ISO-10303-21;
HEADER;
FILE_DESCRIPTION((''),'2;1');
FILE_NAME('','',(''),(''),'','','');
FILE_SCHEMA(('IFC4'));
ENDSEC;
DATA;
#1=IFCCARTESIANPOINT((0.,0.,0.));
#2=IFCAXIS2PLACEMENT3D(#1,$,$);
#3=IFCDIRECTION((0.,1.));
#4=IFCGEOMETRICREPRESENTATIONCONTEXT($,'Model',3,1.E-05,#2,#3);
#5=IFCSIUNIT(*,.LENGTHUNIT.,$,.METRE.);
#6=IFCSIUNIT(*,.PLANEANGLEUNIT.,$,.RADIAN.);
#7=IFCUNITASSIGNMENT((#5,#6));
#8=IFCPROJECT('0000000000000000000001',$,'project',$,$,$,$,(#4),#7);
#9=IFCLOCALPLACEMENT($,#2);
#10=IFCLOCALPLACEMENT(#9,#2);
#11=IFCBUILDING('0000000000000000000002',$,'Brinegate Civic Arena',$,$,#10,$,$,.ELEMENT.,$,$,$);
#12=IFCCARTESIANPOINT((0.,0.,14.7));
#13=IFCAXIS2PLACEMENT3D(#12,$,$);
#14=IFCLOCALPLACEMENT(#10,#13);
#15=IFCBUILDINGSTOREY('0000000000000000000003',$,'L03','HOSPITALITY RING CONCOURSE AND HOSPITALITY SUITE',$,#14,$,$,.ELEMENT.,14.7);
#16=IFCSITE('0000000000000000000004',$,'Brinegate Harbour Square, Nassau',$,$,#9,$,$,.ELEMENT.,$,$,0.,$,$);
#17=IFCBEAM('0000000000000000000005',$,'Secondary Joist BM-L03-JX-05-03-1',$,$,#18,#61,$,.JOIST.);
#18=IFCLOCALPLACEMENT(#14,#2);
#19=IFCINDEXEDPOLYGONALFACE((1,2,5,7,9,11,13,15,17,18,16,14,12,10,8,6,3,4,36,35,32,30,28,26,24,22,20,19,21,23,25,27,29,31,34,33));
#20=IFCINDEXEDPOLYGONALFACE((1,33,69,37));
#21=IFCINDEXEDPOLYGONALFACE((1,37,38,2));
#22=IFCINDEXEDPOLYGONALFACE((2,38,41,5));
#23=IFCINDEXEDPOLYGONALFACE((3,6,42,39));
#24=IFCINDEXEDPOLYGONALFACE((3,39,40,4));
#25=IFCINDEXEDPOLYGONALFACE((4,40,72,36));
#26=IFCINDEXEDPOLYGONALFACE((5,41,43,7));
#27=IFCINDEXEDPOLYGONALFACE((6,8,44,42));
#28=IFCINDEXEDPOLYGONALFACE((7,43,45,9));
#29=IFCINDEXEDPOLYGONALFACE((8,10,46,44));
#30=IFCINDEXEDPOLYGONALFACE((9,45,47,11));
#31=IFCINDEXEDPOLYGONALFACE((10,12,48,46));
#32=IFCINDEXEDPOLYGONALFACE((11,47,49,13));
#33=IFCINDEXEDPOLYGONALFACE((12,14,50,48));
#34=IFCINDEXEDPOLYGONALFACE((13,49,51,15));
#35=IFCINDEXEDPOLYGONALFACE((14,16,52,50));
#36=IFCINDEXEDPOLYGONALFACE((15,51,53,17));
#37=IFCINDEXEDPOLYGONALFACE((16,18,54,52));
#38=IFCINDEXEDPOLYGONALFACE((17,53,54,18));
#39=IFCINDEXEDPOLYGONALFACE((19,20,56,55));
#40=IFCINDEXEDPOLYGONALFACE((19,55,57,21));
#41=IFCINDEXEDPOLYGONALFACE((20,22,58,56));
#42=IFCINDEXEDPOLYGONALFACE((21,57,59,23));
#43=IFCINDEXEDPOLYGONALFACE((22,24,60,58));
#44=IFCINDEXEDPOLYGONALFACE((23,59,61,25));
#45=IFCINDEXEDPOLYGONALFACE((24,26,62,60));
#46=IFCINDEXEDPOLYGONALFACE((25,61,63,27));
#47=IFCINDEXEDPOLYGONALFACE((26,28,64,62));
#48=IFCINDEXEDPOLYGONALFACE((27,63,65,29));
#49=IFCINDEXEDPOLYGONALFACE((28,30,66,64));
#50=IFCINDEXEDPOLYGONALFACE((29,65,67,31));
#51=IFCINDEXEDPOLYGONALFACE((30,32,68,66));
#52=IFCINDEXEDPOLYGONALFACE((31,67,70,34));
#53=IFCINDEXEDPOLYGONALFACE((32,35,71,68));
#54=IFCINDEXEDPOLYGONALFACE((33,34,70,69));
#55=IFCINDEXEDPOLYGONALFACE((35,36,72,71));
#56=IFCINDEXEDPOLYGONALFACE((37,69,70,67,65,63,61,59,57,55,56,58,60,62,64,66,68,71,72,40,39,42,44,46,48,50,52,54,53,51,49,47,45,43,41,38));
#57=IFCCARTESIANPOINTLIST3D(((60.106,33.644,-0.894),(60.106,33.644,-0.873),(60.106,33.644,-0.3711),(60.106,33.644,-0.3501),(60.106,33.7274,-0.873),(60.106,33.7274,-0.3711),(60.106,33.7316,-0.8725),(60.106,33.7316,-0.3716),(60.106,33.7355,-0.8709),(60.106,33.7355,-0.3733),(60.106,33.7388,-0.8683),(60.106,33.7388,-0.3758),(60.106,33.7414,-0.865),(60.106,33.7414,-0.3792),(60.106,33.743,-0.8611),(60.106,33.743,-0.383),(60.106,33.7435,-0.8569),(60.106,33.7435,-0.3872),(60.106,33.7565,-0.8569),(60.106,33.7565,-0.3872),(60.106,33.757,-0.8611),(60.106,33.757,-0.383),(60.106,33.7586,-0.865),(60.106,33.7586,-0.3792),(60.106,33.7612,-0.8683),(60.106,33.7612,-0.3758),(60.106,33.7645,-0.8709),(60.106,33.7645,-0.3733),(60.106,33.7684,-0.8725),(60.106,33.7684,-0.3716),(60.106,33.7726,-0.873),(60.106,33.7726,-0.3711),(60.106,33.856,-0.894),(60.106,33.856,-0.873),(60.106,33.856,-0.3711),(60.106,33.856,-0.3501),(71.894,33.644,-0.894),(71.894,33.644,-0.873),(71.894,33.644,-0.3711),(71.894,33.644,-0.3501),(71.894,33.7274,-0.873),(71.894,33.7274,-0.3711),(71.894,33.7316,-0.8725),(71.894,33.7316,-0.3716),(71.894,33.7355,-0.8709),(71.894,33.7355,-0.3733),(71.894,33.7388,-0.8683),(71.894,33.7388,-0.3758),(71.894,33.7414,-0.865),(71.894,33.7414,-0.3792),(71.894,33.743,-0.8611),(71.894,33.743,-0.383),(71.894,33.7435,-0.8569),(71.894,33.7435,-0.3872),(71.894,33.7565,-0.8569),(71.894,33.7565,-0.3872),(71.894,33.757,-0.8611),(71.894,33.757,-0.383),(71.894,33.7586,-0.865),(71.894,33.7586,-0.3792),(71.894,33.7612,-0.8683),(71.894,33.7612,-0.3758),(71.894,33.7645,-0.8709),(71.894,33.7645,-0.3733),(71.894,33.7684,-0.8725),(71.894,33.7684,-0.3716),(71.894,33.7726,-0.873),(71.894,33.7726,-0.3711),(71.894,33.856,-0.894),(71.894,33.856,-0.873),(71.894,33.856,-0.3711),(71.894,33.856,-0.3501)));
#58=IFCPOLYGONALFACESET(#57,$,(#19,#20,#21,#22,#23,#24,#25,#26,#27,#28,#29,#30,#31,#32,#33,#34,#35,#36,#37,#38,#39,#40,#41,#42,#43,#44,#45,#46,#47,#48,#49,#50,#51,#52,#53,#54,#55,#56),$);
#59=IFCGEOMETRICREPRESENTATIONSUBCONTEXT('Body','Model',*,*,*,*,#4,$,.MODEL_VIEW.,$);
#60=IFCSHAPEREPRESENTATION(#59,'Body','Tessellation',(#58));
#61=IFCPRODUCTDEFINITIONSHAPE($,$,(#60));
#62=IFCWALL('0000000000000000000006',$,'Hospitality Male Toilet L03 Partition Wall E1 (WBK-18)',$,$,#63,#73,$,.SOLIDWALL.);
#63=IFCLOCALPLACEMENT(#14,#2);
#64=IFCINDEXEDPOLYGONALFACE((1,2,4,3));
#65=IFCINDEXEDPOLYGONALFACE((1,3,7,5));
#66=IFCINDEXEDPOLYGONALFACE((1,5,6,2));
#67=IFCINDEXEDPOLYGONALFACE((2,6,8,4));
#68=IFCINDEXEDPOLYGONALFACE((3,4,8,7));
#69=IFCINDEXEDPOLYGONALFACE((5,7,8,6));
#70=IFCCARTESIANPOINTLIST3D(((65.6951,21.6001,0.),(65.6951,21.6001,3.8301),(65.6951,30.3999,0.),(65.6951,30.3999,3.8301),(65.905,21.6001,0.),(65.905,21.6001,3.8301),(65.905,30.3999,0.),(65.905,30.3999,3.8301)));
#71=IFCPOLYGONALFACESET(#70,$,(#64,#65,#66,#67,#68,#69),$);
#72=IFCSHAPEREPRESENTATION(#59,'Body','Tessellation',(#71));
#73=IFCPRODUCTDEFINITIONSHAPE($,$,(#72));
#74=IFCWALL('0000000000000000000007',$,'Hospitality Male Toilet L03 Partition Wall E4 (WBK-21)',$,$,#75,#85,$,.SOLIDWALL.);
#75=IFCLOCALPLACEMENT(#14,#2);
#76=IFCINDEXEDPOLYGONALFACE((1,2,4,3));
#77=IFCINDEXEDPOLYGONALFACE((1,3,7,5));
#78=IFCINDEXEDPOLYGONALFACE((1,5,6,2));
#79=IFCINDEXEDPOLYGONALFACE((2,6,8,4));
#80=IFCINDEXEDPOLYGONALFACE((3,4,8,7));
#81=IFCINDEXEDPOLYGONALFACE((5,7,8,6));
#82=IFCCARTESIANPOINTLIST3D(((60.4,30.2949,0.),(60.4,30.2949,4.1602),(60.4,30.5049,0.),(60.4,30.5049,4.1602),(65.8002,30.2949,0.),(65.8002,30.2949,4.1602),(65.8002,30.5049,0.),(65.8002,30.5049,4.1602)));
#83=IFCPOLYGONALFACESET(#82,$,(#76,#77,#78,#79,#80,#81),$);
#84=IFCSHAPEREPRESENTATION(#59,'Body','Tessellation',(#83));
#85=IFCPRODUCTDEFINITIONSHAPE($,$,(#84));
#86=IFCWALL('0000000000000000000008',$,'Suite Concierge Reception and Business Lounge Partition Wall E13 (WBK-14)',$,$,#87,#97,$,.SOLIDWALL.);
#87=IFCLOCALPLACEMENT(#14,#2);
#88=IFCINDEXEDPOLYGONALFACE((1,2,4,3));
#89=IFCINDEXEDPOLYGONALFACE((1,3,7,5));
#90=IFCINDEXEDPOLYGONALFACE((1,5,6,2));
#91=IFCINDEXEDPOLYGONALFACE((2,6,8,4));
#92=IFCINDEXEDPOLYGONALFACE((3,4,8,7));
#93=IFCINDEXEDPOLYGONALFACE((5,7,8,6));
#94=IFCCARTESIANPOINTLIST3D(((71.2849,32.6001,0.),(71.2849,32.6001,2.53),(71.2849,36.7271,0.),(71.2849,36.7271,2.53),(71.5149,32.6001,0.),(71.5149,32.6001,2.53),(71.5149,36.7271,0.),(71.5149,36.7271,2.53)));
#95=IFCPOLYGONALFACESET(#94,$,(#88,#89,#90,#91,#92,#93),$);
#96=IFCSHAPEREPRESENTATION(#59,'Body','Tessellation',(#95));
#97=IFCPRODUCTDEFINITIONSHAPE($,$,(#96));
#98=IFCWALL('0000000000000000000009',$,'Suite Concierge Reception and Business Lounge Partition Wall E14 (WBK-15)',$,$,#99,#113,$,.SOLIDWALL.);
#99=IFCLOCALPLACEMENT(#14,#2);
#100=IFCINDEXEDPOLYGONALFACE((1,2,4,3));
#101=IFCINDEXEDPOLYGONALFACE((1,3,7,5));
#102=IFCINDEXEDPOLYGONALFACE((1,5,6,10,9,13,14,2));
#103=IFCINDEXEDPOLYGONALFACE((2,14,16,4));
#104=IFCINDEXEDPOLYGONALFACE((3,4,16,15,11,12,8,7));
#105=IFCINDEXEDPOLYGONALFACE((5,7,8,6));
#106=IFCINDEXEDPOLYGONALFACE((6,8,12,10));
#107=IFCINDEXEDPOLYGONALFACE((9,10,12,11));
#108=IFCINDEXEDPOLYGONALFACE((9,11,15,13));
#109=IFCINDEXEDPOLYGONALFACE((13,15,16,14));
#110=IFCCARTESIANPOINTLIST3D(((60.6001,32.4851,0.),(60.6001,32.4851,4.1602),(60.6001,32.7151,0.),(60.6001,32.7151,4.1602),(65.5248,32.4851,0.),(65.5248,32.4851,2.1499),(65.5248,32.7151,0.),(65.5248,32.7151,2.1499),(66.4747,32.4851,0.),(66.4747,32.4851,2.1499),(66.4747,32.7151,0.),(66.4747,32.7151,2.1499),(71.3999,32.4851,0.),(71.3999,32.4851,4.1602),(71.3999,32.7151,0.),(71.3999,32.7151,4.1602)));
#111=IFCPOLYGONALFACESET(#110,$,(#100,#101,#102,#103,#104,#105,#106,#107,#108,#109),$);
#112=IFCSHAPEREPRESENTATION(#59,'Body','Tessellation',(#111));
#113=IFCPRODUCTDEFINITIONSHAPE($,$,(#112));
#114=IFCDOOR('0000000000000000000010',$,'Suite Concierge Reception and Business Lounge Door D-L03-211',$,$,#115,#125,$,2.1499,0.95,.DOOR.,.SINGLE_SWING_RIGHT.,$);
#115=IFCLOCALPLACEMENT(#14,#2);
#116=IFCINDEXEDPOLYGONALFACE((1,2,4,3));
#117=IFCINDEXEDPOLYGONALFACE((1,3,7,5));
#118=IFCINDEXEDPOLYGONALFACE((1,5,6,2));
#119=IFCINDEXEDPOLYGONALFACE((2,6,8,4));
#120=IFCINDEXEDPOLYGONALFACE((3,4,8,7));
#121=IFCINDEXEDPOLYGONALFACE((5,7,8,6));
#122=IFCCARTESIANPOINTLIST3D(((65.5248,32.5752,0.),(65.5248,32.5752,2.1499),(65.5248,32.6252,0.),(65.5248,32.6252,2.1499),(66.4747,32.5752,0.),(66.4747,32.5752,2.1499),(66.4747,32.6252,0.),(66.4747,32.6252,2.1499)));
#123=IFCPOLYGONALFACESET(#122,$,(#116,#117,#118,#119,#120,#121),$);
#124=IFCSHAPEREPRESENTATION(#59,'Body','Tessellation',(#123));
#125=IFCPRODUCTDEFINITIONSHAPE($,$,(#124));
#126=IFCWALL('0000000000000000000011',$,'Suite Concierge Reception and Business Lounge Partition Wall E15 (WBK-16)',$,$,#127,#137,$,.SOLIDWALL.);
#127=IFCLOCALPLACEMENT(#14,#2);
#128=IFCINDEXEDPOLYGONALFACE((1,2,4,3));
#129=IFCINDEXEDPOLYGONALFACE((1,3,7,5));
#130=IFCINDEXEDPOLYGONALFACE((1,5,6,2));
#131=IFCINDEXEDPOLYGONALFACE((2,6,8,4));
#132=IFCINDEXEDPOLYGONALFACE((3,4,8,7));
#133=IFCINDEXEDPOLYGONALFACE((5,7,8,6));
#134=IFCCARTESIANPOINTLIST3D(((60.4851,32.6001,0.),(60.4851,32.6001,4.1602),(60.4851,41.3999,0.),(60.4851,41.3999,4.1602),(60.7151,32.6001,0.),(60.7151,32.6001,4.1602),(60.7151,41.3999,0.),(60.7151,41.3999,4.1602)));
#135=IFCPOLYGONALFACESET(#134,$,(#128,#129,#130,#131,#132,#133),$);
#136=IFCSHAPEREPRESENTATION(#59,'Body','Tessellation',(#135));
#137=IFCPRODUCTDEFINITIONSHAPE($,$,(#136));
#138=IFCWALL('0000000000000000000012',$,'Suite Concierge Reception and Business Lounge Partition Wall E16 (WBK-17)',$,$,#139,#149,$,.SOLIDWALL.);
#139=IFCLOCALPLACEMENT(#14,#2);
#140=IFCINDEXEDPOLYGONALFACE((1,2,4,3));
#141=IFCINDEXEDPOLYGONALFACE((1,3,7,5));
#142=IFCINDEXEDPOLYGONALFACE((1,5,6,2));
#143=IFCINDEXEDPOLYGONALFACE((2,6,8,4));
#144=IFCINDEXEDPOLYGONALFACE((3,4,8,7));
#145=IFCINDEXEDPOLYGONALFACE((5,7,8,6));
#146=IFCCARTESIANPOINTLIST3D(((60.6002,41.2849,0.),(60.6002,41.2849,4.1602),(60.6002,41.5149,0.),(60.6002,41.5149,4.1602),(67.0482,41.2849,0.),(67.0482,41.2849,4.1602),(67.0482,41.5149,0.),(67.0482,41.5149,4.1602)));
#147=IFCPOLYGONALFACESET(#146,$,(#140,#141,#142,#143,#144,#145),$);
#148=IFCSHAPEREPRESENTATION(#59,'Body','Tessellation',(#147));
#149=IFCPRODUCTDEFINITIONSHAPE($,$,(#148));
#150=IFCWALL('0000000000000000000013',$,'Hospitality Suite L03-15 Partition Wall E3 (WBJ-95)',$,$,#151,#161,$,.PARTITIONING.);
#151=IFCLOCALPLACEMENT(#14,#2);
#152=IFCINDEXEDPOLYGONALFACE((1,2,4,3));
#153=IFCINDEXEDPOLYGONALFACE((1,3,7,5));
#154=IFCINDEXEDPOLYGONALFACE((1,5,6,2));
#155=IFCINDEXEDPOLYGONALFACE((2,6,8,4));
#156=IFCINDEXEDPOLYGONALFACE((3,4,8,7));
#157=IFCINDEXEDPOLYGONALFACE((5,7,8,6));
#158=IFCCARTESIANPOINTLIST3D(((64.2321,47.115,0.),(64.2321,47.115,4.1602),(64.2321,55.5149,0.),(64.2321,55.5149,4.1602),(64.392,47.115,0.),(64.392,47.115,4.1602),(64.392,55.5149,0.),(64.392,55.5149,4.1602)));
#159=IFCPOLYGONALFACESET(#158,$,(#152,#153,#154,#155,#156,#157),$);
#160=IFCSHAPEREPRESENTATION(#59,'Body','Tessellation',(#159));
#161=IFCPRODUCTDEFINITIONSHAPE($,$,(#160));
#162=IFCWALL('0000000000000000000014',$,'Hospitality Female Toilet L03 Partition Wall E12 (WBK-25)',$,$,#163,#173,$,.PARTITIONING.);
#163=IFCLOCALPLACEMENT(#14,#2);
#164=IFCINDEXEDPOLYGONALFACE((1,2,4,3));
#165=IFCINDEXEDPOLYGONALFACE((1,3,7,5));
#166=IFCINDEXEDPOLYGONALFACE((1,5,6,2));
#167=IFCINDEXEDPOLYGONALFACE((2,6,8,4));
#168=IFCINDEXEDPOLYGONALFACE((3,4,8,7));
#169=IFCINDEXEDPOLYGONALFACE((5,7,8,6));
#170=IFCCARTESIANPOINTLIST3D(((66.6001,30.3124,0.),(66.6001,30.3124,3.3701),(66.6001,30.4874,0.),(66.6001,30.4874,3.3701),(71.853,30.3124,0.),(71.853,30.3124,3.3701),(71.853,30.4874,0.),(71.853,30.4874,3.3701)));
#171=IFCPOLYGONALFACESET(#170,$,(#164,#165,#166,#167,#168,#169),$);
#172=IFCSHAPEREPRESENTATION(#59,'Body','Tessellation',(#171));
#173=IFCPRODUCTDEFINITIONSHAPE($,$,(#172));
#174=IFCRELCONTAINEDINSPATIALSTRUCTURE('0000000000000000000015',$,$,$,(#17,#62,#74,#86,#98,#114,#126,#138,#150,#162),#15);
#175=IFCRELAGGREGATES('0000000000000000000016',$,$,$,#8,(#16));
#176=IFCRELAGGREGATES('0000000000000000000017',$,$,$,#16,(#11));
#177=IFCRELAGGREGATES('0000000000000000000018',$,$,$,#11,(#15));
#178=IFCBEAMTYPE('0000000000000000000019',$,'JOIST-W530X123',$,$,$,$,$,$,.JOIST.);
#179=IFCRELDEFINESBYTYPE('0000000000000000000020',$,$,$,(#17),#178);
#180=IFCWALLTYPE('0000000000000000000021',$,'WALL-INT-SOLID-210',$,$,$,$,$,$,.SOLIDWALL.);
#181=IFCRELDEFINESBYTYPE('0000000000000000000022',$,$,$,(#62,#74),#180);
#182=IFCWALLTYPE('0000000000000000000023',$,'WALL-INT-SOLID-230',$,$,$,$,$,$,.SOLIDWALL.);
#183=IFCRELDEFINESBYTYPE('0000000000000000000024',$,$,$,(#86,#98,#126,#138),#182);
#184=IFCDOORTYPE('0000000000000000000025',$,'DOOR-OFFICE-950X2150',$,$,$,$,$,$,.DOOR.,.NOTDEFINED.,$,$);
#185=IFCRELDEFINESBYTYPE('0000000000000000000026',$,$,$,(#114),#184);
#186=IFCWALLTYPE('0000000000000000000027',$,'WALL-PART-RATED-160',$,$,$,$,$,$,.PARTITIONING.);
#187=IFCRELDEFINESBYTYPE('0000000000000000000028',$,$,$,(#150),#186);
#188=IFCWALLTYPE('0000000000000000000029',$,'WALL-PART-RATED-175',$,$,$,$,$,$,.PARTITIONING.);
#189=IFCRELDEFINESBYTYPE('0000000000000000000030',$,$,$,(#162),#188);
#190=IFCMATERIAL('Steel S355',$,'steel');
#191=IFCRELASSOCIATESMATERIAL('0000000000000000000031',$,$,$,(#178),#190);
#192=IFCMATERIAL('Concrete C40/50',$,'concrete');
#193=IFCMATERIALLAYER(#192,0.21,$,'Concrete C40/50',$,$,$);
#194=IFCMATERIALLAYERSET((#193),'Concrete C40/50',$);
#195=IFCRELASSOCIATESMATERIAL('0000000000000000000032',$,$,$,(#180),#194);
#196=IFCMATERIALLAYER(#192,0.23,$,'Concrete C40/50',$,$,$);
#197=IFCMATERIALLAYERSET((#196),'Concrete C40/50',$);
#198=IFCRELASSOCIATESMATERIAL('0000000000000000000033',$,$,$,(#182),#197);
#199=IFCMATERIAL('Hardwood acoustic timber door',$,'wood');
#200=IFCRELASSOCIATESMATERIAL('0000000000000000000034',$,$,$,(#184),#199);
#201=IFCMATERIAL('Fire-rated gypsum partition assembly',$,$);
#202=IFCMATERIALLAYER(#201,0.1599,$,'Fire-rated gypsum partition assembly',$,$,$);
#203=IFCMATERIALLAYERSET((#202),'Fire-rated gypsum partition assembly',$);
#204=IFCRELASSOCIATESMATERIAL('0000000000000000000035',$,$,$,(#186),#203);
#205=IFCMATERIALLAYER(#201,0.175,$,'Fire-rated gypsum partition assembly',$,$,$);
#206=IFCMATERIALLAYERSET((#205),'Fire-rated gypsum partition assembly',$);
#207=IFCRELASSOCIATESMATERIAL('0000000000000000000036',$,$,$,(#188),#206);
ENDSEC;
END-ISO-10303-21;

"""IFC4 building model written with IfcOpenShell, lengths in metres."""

from ifc_helpers import new_model, si_unit, direction, frame, frame_2d, origin, origin_2d, place, context, subcontext, project, spatial, rectangle, i_section, extrude, material, layer, layer_set, material_profile, profile_set, type_object, element, fill, save


model = new_model("IFC4")

# Units and contexts
model_context = context("Model", 3, precision=1e-05, world=origin(), true_north=direction((0.0, 1.0)))
body_context = subcontext(model_context, "Body", "Model", "MODEL_VIEW")
ifc_project = project(units=[si_unit("LENGTHUNIT", "METRE"), si_unit("PLANEANGLEUNIT", "RADIAN")], contexts=[model_context])

# Site, building, storey
site_placement = place(None, origin())
site = spatial("IfcSite", under=ifc_project, at=site_placement, Name="Brinegate Harbour Square, Nassau", CompositionType="ELEMENT", RefElevation=0.0)
building_placement = place(site_placement, origin())
building = spatial("IfcBuilding", under=site, at=building_placement, Name="Brinegate Civic Arena", CompositionType="ELEMENT")
storey_placement = place(building_placement, frame((0.0, 0.0, 14.7)))
storey = spatial("IfcBuildingStorey", under=building, at=storey_placement, Name="L03", Description="HOSPITALITY RING CONCOURSE AND HOSPITALITY SUITE", CompositionType="ELEMENT", Elevation=14.7)

# Beam
ifc_material_1 = material(Name="Steel S355", Category="steel")
ifc_material_profile_1 = material_profile(ifc_material_1, i_section(OverallWidth=0.2119, OverallDepth=0.5439, WebThickness=0.0129, FlangeThickness=0.021, FilletRadius=0.0161, at=origin_2d()), Name="W530X123")
ifc_profile_set_1 = profile_set([ifc_material_profile_1], Name="Steel S355")
beam_type_1 = type_object("IfcBeamType", Name="JOIST-W530X123", PredefinedType="JOIST", material=ifc_profile_set_1)
beam_1_placement = place(storey_placement, frame((60.106, 33.75, -0.6221), z_axis=(1.0, 0.0, 0.0), x_axis=(0.0, 1.0, 0.0)))
element("IfcBeam", 1, at=beam_1_placement, inside=storey, type_object=beam_type_1, Name="Secondary Joist BM-L03-JX-05-03-1", PredefinedType="JOIST", context=body_context, shape_type="SweptSolid", body=[
    extrude(i_section(OverallWidth=0.2119, OverallDepth=0.5439, WebThickness=0.0129, FlangeThickness=0.021, FilletRadius=0.0161, at=origin_2d()), origin(), (0.0, 0.0, 1.0), 11.7881),
])

# Walls
ifc_material_2 = material(Name="Concrete C40/50", Category="concrete")
ifc_layer_1 = layer(ifc_material_2, 0.21, Name="Concrete C40/50")
ifc_layer_set_1 = layer_set([ifc_layer_1], Name="Concrete C40/50")
wall_type_1 = type_object("IfcWallType", Name="WALL-INT-SOLID-210", PredefinedType="SOLIDWALL", material=ifc_layer_set_1)
wall_1_placement = place(storey_placement, frame((65.8, 30.3999, 0.0), z_axis=(0.0, 0.0, 1.0), x_axis=(0.0, -1.0, 0.0)))
element("IfcWall", 2, at=wall_1_placement, inside=storey, type_object=wall_type_1, Name="Hospitality Male Toilet L03 Partition Wall E1 (WBK-18)", PredefinedType="SOLIDWALL", context=body_context, shape_type="SweptSolid", body=[
    extrude(rectangle(XDim=8.7998, YDim=0.21, at=frame_2d((4.3999, 0.0))), origin(), (0.0, 0.0, 1.0), 3.8301),
])
wall_2_placement = place(storey_placement, frame((60.3999, 30.3999, 0.0), z_axis=(0.0, 0.0, 1.0), x_axis=(1.0, 0.0, 0.0)))
element("IfcWall", 3, at=wall_2_placement, inside=storey, type_object=wall_type_1, Name="Hospitality Male Toilet L03 Partition Wall E4 (WBK-21)", PredefinedType="SOLIDWALL", context=body_context, shape_type="SweptSolid", body=[
    extrude(rectangle(XDim=5.4001, YDim=0.21, at=frame_2d((2.7002, 0.0))), origin(), (0.0, 0.0, 1.0), 4.1602),
])
ifc_layer_2 = layer(ifc_material_2, 0.23, Name="Concrete C40/50")
ifc_layer_set_2 = layer_set([ifc_layer_2], Name="Concrete C40/50")
wall_type_2 = type_object("IfcWallType", Name="WALL-INT-SOLID-230", PredefinedType="SOLIDWALL", material=ifc_layer_set_2)
wall_3_placement = place(storey_placement, frame((71.3999, 36.7271, 0.0), z_axis=(0.0, 0.0, 1.0), x_axis=(0.0, -1.0, 0.0)))
element("IfcWall", 4, at=wall_3_placement, inside=storey, type_object=wall_type_2, Name="Suite Concierge Reception and Business Lounge Partition Wall E13 (WBK-14)", PredefinedType="SOLIDWALL", context=body_context, shape_type="SweptSolid", body=[
    extrude(rectangle(XDim=4.127, YDim=0.23, at=frame_2d((2.0635, 0.0))), origin(), (0.0, 0.0, 1.0), 2.53),
])

# Wall, opening, door
wall_4_placement = place(storey_placement, frame((71.3999, 32.6001, 0.0), z_axis=(0.0, 0.0, 1.0), x_axis=(-1.0, 0.0, 0.0)))
wall_4 = element("IfcWall", 5, at=wall_4_placement, inside=storey, type_object=wall_type_2, Name="Suite Concierge Reception and Business Lounge Partition Wall E14 (WBK-15)", PredefinedType="SOLIDWALL", context=body_context, shape_type="SweptSolid", body=[
    extrude(rectangle(XDim=10.7998, YDim=0.23, at=frame_2d((5.3999, 0.0))), origin(), (0.0, 0.0, 1.0), 4.1602),
])
opening_1_placement = place(wall_4_placement, frame((4.925, 0.0, 0.0)))
opening_1 = element("IfcOpeningElement", 6, at=opening_1_placement, cuts=wall_4, PredefinedType="OPENING", context=body_context, shape_type="SweptSolid", body=[
    extrude(rectangle(XDim=0.95, YDim=2.1499, at=frame_2d((0.4751, 1.075))), frame((0.0, 0.125, 0.0), z_axis=(0.0, -1.0, 0.0), x_axis=(1.0, 0.0, 0.0)), (0.0, 0.0, 1.0), 0.25),
])
ifc_material_3 = material(Name="Hardwood acoustic timber door", Category="wood")
door_type_1 = type_object("IfcDoorType", Name="DOOR-OFFICE-950X2150", OperationType="NOTDEFINED", PredefinedType="DOOR", material=ifc_material_3)
door_1_placement = place(opening_1_placement, origin())
door_1 = element("IfcDoor", 7, at=door_1_placement, inside=storey, type_object=door_type_1, Name="Suite Concierge Reception and Business Lounge Door D-L03-211", OperationType="SINGLE_SWING_RIGHT", OverallHeight=2.1499, OverallWidth=0.95, PredefinedType="DOOR", context=body_context, shape_type="SweptSolid", body=[
    extrude(rectangle(XDim=0.95, YDim=2.1499, at=frame_2d((0.4751, 1.075))), frame((0.0, 0.0249, 0.0), z_axis=(0.0, -1.0, 0.0), x_axis=(1.0, 0.0, 0.0)), (0.0, 0.0, 1.0), 0.05),
])
fill(opening_1, door_1)

# Walls
wall_5_placement = place(storey_placement, frame((60.6001, 32.6001, 0.0), z_axis=(0.0, 0.0, 1.0), x_axis=(0.0, 1.0, 0.0)))
element("IfcWall", 8, at=wall_5_placement, inside=storey, type_object=wall_type_2, Name="Suite Concierge Reception and Business Lounge Partition Wall E15 (WBK-16)", PredefinedType="SOLIDWALL", context=body_context, shape_type="SweptSolid", body=[
    extrude(rectangle(XDim=8.7998, YDim=0.23, at=frame_2d((4.3999, 0.0))), origin(), (0.0, 0.0, 1.0), 4.1602),
])
wall_6_placement = place(storey_placement, frame((60.6001, 41.3999, 0.0), z_axis=(0.0, 0.0, 1.0), x_axis=(1.0, 0.0, 0.0)))
element("IfcWall", 9, at=wall_6_placement, inside=storey, type_object=wall_type_2, Name="Suite Concierge Reception and Business Lounge Partition Wall E16 (WBK-17)", PredefinedType="SOLIDWALL", context=body_context, shape_type="SweptSolid", body=[
    extrude(rectangle(XDim=6.448, YDim=0.23, at=frame_2d((3.2241, 0.0))), origin(), (0.0, 0.0, 1.0), 4.1602),
])
ifc_material_4 = material(Name="Fire-rated gypsum partition assembly")
ifc_layer_3 = layer(ifc_material_4, 0.1599, Name="Fire-rated gypsum partition assembly")
ifc_layer_set_3 = layer_set([ifc_layer_3], Name="Fire-rated gypsum partition assembly")
wall_type_3 = type_object("IfcWallType", Name="WALL-PART-RATED-160", PredefinedType="PARTITIONING", material=ifc_layer_set_3)
wall_7_placement = place(storey_placement, frame((64.312, 47.115, 0.0), z_axis=(0.0, 0.0, 1.0), x_axis=(0.0, 1.0, 0.0)))
element("IfcWall", 10, at=wall_7_placement, inside=storey, type_object=wall_type_3, Name="Hospitality Suite L03-15 Partition Wall E3 (WBJ-95)", PredefinedType="PARTITIONING", context=body_context, shape_type="SweptSolid", body=[
    extrude(rectangle(XDim=8.3999, YDim=0.1599, at=frame_2d((4.2, 0.0))), origin(), (0.0, 0.0, 1.0), 4.1602),
])
ifc_layer_4 = layer(ifc_material_4, 0.175, Name="Fire-rated gypsum partition assembly")
ifc_layer_set_4 = layer_set([ifc_layer_4], Name="Fire-rated gypsum partition assembly")
wall_type_4 = type_object("IfcWallType", Name="WALL-PART-RATED-175", PredefinedType="PARTITIONING", material=ifc_layer_set_4)
wall_8_placement = place(storey_placement, frame((66.6001, 30.3999, 0.0), z_axis=(0.0, 0.0, 1.0), x_axis=(1.0, 0.0, 0.0)))
element("IfcWall", 11, at=wall_8_placement, inside=storey, type_object=wall_type_4, Name="Hospitality Female Toilet L03 Partition Wall E12 (WBK-25)", PredefinedType="PARTITIONING", context=body_context, shape_type="SweptSolid", body=[
    extrude(rectangle(XDim=5.2529, YDim=0.175, at=frame_2d((2.6265, 0.0))), origin(), (0.0, 0.0, 1.0), 3.3701),
])

save(model, "model.ifc")
